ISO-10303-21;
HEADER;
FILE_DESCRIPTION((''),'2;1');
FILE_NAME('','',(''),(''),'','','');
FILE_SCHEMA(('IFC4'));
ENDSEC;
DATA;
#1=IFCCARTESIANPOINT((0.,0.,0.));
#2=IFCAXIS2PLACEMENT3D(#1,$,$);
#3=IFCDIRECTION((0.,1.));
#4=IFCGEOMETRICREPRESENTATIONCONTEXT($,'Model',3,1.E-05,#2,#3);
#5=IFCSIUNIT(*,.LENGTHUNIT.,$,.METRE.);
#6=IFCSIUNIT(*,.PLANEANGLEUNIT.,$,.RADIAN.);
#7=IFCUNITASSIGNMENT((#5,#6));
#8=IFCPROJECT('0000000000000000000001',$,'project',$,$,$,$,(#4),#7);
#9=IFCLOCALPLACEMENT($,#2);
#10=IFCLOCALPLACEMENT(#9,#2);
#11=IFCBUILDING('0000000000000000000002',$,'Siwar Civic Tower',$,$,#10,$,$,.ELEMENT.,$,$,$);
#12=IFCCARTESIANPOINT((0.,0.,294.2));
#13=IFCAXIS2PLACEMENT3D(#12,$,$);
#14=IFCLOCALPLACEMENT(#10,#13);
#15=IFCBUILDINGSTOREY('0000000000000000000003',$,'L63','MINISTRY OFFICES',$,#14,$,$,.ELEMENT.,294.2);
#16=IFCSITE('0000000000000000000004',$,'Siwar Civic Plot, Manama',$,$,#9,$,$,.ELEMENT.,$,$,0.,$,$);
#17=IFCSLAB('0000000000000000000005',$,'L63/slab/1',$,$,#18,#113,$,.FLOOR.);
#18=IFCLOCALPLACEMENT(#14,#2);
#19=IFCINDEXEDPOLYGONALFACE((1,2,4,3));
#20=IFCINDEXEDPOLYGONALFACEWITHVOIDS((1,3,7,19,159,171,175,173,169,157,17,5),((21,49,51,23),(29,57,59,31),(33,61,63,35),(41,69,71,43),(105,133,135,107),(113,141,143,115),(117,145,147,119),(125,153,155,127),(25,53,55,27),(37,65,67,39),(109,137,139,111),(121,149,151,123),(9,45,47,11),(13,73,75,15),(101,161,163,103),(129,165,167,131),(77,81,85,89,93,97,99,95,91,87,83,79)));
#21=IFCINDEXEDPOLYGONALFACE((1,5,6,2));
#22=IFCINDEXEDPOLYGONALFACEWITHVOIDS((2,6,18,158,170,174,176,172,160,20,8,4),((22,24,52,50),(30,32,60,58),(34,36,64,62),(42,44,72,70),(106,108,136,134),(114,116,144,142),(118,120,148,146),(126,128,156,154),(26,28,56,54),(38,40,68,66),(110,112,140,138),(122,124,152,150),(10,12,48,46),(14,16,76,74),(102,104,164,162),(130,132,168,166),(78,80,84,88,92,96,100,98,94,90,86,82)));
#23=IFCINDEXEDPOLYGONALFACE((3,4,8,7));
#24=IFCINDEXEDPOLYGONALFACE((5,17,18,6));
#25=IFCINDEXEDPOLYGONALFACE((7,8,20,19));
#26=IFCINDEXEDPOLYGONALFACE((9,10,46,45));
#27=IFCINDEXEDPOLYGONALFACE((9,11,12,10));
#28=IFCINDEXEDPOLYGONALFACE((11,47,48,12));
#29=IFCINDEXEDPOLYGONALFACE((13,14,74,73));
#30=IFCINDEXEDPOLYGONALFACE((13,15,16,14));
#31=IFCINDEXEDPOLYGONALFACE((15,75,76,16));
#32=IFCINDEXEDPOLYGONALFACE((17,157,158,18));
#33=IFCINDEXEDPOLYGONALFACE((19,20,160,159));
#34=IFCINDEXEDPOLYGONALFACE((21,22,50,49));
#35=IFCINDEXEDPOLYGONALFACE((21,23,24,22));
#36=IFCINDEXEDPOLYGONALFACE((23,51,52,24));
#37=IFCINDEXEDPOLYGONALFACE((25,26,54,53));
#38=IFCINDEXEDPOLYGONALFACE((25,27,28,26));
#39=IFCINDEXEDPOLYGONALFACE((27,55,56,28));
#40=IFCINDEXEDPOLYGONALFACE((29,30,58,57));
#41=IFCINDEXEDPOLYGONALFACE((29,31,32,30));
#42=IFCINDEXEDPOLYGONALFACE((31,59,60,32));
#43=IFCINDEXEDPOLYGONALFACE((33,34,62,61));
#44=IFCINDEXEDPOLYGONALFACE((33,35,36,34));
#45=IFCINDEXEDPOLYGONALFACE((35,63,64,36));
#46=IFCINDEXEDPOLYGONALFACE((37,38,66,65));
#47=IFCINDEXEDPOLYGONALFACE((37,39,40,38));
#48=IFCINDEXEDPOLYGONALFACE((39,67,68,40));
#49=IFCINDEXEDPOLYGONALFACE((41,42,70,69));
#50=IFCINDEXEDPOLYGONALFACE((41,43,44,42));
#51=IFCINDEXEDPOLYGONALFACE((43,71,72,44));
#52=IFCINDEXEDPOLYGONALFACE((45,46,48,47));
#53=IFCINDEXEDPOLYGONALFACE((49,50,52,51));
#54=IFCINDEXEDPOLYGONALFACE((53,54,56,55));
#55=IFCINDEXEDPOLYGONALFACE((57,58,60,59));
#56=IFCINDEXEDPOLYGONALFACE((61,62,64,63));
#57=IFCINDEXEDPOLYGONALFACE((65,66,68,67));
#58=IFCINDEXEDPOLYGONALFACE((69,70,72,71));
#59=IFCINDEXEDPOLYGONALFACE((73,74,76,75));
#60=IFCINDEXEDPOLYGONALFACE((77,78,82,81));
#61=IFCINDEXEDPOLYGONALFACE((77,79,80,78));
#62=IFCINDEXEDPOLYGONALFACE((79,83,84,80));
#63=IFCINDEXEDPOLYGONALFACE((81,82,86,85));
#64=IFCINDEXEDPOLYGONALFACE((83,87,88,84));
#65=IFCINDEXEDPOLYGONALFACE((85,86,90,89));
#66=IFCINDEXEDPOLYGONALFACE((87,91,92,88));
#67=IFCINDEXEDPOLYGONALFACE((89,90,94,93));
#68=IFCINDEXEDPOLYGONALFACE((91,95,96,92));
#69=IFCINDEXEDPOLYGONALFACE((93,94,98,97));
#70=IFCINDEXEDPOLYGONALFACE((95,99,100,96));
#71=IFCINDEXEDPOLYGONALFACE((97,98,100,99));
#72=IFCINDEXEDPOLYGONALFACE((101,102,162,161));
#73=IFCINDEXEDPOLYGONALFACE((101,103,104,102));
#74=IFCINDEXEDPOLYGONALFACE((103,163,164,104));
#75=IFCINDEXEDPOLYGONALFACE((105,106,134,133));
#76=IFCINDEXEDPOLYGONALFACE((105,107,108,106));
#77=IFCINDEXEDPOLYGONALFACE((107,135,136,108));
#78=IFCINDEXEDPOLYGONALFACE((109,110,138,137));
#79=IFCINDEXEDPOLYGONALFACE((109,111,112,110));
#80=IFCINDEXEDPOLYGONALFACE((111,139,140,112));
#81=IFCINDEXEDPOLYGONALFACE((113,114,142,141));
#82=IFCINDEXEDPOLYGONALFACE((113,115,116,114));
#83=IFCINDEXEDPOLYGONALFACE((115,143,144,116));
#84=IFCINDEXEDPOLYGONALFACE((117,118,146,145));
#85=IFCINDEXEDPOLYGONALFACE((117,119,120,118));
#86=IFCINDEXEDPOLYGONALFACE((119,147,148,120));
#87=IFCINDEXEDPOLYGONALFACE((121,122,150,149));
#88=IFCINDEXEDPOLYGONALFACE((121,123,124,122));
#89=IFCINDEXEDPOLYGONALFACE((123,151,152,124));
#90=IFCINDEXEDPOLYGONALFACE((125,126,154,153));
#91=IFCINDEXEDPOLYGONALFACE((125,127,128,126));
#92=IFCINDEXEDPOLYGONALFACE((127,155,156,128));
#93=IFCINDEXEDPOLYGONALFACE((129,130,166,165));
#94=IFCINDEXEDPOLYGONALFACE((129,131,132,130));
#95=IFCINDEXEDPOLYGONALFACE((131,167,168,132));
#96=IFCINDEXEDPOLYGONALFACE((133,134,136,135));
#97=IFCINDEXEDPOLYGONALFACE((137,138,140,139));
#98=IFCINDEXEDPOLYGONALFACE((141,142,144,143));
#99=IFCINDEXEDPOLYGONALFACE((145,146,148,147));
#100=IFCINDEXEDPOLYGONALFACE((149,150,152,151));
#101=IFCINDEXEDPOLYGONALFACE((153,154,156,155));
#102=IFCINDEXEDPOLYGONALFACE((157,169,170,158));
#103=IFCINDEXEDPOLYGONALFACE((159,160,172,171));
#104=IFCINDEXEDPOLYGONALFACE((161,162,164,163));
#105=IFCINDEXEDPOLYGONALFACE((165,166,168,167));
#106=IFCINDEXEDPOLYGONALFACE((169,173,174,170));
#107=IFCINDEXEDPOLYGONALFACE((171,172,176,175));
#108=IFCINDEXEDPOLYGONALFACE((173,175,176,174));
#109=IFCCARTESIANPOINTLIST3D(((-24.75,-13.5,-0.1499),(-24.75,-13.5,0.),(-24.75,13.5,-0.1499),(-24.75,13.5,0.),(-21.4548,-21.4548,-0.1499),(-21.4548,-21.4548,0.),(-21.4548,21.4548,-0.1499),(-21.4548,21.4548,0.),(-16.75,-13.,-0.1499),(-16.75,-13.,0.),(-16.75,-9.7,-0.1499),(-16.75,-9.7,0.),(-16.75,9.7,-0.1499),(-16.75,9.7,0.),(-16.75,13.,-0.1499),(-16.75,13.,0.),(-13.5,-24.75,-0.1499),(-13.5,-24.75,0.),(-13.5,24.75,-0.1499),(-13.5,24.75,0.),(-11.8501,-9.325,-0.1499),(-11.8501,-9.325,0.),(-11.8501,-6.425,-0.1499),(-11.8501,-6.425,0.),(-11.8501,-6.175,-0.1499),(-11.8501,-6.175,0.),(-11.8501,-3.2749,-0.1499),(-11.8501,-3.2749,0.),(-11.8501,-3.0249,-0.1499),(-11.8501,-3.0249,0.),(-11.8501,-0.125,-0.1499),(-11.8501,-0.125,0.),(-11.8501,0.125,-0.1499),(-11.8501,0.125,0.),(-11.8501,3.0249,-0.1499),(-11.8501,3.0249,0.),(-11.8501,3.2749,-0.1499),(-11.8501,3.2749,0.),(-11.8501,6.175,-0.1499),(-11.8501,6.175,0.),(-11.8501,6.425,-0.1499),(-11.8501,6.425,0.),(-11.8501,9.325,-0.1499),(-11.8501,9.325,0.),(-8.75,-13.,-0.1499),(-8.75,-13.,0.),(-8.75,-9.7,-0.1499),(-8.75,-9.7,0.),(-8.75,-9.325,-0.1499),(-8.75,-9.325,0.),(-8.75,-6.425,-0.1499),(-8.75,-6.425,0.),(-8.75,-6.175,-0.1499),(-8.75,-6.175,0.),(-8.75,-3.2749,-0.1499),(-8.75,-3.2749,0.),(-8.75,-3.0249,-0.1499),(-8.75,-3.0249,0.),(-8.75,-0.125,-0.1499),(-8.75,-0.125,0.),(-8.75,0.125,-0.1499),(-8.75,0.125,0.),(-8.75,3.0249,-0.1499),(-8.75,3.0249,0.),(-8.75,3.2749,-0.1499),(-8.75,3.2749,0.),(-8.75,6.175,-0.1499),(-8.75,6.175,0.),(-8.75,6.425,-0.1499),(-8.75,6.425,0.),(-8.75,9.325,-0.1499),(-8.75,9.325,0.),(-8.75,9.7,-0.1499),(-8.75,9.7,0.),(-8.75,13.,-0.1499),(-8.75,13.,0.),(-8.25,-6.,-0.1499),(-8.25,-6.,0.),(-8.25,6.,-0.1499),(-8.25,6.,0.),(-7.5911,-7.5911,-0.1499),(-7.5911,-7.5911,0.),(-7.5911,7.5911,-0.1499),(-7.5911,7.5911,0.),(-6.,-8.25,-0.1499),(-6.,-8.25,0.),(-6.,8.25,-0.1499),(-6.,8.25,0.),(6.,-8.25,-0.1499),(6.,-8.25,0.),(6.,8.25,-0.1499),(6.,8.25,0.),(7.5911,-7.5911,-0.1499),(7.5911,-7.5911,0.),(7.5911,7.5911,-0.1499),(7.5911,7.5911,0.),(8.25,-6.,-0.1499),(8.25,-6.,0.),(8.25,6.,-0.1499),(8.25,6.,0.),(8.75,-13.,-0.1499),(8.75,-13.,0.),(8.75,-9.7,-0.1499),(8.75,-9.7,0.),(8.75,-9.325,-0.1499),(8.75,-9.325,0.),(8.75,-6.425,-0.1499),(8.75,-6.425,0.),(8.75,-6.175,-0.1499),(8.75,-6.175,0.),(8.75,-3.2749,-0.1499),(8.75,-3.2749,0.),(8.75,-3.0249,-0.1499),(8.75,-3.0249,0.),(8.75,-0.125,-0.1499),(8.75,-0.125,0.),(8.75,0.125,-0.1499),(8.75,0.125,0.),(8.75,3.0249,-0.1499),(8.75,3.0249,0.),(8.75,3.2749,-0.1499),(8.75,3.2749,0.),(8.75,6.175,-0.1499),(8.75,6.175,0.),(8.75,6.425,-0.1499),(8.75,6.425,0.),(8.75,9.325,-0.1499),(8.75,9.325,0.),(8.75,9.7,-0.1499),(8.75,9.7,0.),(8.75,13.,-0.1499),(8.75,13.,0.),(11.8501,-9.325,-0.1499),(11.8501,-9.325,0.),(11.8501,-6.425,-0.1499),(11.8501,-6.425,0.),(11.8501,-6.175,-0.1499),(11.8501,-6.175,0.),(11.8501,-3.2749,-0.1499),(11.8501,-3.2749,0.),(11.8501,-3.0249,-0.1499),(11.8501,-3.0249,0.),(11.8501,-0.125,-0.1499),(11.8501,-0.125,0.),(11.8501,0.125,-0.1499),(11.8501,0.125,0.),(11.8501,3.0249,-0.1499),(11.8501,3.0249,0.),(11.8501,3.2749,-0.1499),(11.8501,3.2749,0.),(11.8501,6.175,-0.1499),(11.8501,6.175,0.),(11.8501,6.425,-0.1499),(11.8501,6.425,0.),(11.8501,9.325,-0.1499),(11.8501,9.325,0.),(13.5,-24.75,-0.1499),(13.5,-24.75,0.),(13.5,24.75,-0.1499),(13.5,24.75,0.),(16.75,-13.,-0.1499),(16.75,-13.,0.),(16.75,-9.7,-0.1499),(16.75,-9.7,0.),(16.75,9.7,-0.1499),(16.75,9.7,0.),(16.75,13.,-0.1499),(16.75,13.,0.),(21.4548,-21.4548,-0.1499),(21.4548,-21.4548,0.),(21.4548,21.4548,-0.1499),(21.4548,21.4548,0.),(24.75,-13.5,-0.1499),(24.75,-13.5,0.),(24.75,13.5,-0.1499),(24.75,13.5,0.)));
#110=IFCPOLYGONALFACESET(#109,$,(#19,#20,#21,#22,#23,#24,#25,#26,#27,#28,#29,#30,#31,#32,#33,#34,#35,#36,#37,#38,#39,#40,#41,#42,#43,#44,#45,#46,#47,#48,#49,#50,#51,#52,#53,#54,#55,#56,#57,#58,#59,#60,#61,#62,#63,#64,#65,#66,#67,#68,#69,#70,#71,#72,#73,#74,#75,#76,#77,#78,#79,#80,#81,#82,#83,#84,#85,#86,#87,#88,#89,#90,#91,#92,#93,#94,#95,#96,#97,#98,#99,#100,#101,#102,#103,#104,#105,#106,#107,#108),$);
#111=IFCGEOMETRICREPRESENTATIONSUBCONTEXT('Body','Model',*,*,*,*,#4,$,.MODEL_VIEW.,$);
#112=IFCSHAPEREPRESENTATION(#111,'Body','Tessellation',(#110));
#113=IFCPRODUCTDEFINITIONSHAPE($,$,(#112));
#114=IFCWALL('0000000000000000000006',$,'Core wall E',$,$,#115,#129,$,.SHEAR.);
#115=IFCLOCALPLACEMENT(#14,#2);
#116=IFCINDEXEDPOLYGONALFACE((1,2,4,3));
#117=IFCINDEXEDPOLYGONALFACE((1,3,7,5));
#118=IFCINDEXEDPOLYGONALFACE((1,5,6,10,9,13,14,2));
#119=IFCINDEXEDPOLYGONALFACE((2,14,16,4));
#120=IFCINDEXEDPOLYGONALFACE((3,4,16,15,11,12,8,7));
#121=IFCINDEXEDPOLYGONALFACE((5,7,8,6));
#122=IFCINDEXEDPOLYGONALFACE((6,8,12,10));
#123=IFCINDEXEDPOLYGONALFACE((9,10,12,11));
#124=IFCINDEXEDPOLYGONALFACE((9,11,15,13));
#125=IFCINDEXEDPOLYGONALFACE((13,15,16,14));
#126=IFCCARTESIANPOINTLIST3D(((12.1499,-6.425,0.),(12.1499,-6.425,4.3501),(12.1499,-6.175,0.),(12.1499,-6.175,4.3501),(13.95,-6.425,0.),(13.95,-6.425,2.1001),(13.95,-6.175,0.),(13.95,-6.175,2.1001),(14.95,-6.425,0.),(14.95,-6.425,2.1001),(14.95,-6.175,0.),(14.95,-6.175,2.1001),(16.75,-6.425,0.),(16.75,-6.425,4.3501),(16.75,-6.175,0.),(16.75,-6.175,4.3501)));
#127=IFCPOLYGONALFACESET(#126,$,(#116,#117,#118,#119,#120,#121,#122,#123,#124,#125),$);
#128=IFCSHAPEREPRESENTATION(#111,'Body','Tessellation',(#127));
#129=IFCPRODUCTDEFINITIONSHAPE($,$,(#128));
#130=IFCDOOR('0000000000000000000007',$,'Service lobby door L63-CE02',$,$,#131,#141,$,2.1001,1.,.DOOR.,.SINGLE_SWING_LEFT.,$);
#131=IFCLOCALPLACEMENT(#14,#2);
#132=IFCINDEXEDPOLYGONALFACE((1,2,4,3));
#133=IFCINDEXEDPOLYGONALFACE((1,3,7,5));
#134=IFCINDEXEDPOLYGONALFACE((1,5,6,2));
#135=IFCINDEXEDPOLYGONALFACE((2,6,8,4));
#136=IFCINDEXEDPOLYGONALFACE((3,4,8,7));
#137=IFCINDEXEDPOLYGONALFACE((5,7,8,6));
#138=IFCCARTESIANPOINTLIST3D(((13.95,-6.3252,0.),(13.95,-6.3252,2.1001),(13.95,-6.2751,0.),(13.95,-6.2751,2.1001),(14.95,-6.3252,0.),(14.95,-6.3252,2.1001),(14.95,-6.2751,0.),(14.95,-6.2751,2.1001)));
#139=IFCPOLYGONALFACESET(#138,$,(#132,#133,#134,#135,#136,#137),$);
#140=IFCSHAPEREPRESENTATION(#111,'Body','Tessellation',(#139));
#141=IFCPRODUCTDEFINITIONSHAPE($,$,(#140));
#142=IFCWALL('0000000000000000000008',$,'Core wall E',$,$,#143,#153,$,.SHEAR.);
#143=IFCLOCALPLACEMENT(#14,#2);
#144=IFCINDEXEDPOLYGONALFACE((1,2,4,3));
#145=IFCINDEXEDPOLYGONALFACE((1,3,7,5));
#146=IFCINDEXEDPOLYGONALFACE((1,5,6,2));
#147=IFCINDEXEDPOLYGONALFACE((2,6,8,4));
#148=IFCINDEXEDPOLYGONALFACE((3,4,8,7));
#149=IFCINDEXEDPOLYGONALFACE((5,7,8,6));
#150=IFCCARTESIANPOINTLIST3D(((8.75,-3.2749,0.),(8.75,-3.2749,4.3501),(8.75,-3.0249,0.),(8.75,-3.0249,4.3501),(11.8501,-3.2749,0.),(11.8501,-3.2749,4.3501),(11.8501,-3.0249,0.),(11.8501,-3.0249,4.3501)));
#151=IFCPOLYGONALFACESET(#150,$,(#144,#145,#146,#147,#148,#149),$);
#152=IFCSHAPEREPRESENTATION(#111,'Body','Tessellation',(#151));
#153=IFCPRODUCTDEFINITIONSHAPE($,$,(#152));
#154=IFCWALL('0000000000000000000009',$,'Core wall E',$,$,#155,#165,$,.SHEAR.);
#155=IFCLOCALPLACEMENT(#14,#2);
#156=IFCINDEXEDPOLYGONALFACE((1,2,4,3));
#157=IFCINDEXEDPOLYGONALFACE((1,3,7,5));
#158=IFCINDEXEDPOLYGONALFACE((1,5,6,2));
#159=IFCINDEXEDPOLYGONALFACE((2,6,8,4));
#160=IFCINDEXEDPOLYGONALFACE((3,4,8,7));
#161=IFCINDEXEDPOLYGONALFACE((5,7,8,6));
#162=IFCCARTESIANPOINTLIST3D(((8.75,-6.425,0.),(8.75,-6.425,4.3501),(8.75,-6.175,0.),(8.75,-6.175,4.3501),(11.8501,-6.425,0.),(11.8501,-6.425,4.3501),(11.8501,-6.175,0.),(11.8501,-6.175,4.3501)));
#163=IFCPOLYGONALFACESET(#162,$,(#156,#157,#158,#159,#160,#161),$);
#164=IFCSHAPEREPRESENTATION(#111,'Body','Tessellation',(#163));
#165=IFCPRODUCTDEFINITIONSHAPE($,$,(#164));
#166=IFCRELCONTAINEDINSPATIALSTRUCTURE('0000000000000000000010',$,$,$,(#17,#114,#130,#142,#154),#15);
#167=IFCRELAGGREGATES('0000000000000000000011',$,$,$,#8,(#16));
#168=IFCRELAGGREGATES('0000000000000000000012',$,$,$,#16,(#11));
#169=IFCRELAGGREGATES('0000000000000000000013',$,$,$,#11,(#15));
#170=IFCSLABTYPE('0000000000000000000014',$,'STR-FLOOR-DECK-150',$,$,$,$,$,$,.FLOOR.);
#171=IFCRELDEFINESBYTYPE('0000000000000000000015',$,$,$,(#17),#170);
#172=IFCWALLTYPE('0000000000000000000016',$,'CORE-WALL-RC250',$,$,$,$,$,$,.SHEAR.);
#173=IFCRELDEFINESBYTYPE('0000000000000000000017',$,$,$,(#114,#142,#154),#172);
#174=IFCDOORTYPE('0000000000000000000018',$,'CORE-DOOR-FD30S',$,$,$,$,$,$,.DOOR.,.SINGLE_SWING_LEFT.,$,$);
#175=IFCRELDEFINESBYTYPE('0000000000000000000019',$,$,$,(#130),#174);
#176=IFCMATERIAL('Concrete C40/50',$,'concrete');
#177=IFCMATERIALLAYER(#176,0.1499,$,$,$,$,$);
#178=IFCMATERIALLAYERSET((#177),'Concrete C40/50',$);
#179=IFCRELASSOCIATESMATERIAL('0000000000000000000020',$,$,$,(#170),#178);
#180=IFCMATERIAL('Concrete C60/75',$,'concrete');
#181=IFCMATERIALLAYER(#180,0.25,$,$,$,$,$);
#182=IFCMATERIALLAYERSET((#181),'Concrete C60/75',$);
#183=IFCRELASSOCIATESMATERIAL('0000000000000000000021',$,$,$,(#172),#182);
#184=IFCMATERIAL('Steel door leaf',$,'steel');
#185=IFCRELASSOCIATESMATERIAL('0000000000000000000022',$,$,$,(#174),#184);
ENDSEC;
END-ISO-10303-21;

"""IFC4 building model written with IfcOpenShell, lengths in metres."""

from ifc_helpers import new_model, si_unit, direction, frame, frame_2d, origin, place, context, subcontext, project, spatial, polyline, rectangle, outline, extrude, material, layer, layer_set, type_object, element, fill, save


model = new_model("IFC4")

# Units and contexts
model_context = context("Model", 3, precision=1e-05, world=origin(), true_north=direction((0.0, 1.0)))
body_context = subcontext(model_context, "Body", "Model", "MODEL_VIEW")
ifc_project = project(units=[si_unit("LENGTHUNIT", "METRE"), si_unit("PLANEANGLEUNIT", "RADIAN")], contexts=[model_context])

# Site, building, storey
site_placement = place(None, origin())
site = spatial("IfcSite", under=ifc_project, at=site_placement, Name="Siwar Civic Plot, Manama", CompositionType="ELEMENT", RefElevation=0.0)
building_placement = place(site_placement, origin())
building = spatial("IfcBuilding", under=site, at=building_placement, Name="Siwar Civic Tower", CompositionType="ELEMENT")
storey_placement = place(building_placement, frame((0.0, 0.0, 294.2)))
storey = spatial("IfcBuildingStorey", under=building, at=storey_placement, Name="L63", Description="MINISTRY OFFICES", CompositionType="ELEMENT", Elevation=294.2)

# Slab
ifc_material_1 = material(Name="Concrete C40/50", Category="concrete")
ifc_layer_1 = layer(ifc_material_1, 0.1499)
ifc_layer_set_1 = layer_set([ifc_layer_1], Name="Concrete C40/50")
slab_type_1 = type_object("IfcSlabType", Name="STR-FLOOR-DECK-150", PredefinedType="FLOOR", material=ifc_layer_set_1)
slab_1_placement = place(storey_placement, frame((0.0, 0.0, -0.1499)))
element("IfcSlab", 1, at=slab_1_placement, inside=storey, type_object=slab_type_1, Name="L63/slab/1", PredefinedType="FLOOR", context=body_context, shape_type="SweptSolid", body=[
    extrude(outline(polyline([(-13.5, -24.75), (13.5, -24.75), (21.4548, -21.4548), (24.75, -13.5), (24.75, 13.5), (21.4548, 21.4548), (13.5, 24.75), (-13.5, 24.75), (-21.4548, 21.4548), (-24.75, 13.5), (-24.75, -13.5), (-21.4548, -21.4548), (-13.5, -24.75)]), holes=[polyline([(16.75, 13.0), (16.75, 9.7), (8.75, 9.7), (8.75, 13.0), (16.75, 13.0)]), polyline([(8.75, -9.7), (16.75, -9.7), (16.75, -13.0), (8.75, -13.0), (8.75, -9.7)]), polyline([(11.8501, 9.325), (11.8501, 6.425), (8.75, 6.425), (8.75, 9.325), (11.8501, 9.325)]), polyline([(8.75, 6.175), (11.8501, 6.175), (11.8501, 3.2749), (8.75, 3.2749), (8.75, 6.175)]), polyline([(8.75, 3.0249), (11.8501, 3.0249), (11.8501, 0.125), (8.75, 0.125), (8.75, 3.0249)]), polyline([(8.75, -0.125), (11.8501, -0.125), (11.8501, -3.0249), (8.75, -3.0249), (8.75, -0.125)]), polyline([(8.75, -3.2749), (11.8501, -3.2749), (11.8501, -6.175), (8.75, -6.175), (8.75, -3.2749)]), polyline([(8.75, -6.425), (11.8501, -6.425), (11.8501, -9.325), (8.75, -9.325), (8.75, -6.425)]), polyline([(-6.0, 8.25), (6.0, 8.25), (7.5911, 7.5911), (8.25, 6.0), (8.25, -6.0), (7.5911, -7.5911), (6.0, -8.25), (-6.0, -8.25), (-7.5911, -7.5911), (-8.25, -6.0), (-8.25, 6.0), (-7.5911, 7.5911), (-6.0, 8.25)]), polyline([(-8.75, -13.0), (-16.75, -13.0), (-16.75, -9.7), (-8.75, -9.7), (-8.75, -13.0)]), polyline([(-8.75, 9.7), (-16.75, 9.7), (-16.75, 13.0), (-8.75, 13.0), (-8.75, 9.7)]), polyline([(-8.75, 6.425), (-11.8501, 6.425), (-11.8501, 9.325), (-8.75, 9.325), (-8.75, 6.425)]), polyline([(-8.75, 3.2749), (-11.8501, 3.2749), (-11.8501, 6.175), (-8.75, 6.175), (-8.75, 3.2749)]), polyline([(-8.75, 0.125), (-11.8501, 0.125), (-11.8501, 3.0249), (-8.75, 3.0249), (-8.75, 0.125)]), polyline([(-8.75, -3.0249), (-11.8501, -3.0249), (-11.8501, -0.125), (-8.75, -0.125), (-8.75, -3.0249)]), polyline([(-8.75, -6.175), (-11.8501, -6.175), (-11.8501, -3.2749), (-8.75, -3.2749), (-8.75, -6.175)]), polyline([(-8.75, -9.325), (-11.8501, -9.325), (-11.8501, -6.425), (-8.75, -6.425), (-8.75, -9.325)])]), origin(), (0.0, 0.0, 1.0), 0.1499),
])

# Wall, opening, door
ifc_material_2 = material(Name="Concrete C60/75", Category="concrete")
ifc_layer_2 = layer(ifc_material_2, 0.25)
ifc_layer_set_2 = layer_set([ifc_layer_2], Name="Concrete C60/75")
wall_type_1 = type_object("IfcWallType", Name="CORE-WALL-RC250", PredefinedType="SHEAR", material=ifc_layer_set_2)
wall_1_placement = place(storey_placement, frame((12.1499, -6.3, 0.0), z_axis=(0.0, 0.0, 1.0), x_axis=(1.0, 0.0, 0.0)))
wall_1 = element("IfcWall", 2, at=wall_1_placement, inside=storey, type_object=wall_type_1, Name="Core wall E", PredefinedType="SHEAR", context=body_context, shape_type="SweptSolid", body=[
    extrude(rectangle(XDim=4.6001, YDim=0.25, at=frame_2d((2.3, 0.0))), origin(), (0.0, 0.0, 1.0), 4.3501),
])
opening_1_placement = place(wall_1_placement, frame((1.8, 0.0, 0.0)))
opening_1 = element("IfcOpeningElement", 3, at=opening_1_placement, cuts=wall_1, PredefinedType="OPENING", context=body_context, shape_type="SweptSolid", body=[
    extrude(rectangle(XDim=1.0, YDim=2.1001, at=frame_2d((0.5, 1.05))), frame((0.0, 0.135, 0.0), z_axis=(0.0, -1.0, 0.0), x_axis=(1.0, 0.0, 0.0)), (0.0, 0.0, 1.0), 0.27),
])
ifc_material_3 = material(Name="Steel door leaf", Category="steel")
door_type_1 = type_object("IfcDoorType", Name="CORE-DOOR-FD30S", OperationType="SINGLE_SWING_LEFT", PredefinedType="DOOR", material=ifc_material_3)
door_1_placement = place(opening_1_placement, origin())
door_1 = element("IfcDoor", 4, at=door_1_placement, inside=storey, type_object=door_type_1, Name="Service lobby door L63-CE02", OperationType="SINGLE_SWING_LEFT", OverallHeight=2.1001, OverallWidth=1.0, PredefinedType="DOOR", context=body_context, shape_type="SweptSolid", body=[
    extrude(rectangle(XDim=1.0, YDim=2.1001, at=frame_2d((0.5, 1.05))), frame((0.0, 0.0249, 0.0), z_axis=(0.0, -1.0, 0.0), x_axis=(1.0, 0.0, 0.0)), (0.0, 0.0, 1.0), 0.05),
])
fill(opening_1, door_1)

# Walls
for number, where, z_axis, x_axis, name in (
    (5, (8.75, -3.1499, 0.0), (0.0, 0.0, 1.0), (1.0, 0.0, 0.0), "Core wall E"),
    (6, (8.75, -6.3, 0.0), (0.0, 0.0, 1.0), (1.0, 0.0, 0.0), "Core wall E"),
):
    element("IfcWall", number, at=place(storey_placement, frame(where, z_axis=z_axis, x_axis=x_axis)), inside=storey, type_object=wall_type_1, Name=name, PredefinedType="SHEAR", context=body_context, shape_type="SweptSolid", body=[
        extrude(rectangle(XDim=3.1001, YDim=0.25, at=frame_2d((1.55, 0.0))), origin(), (0.0, 0.0, 1.0), 4.3501),
    ])

save(model, "model.ifc")
